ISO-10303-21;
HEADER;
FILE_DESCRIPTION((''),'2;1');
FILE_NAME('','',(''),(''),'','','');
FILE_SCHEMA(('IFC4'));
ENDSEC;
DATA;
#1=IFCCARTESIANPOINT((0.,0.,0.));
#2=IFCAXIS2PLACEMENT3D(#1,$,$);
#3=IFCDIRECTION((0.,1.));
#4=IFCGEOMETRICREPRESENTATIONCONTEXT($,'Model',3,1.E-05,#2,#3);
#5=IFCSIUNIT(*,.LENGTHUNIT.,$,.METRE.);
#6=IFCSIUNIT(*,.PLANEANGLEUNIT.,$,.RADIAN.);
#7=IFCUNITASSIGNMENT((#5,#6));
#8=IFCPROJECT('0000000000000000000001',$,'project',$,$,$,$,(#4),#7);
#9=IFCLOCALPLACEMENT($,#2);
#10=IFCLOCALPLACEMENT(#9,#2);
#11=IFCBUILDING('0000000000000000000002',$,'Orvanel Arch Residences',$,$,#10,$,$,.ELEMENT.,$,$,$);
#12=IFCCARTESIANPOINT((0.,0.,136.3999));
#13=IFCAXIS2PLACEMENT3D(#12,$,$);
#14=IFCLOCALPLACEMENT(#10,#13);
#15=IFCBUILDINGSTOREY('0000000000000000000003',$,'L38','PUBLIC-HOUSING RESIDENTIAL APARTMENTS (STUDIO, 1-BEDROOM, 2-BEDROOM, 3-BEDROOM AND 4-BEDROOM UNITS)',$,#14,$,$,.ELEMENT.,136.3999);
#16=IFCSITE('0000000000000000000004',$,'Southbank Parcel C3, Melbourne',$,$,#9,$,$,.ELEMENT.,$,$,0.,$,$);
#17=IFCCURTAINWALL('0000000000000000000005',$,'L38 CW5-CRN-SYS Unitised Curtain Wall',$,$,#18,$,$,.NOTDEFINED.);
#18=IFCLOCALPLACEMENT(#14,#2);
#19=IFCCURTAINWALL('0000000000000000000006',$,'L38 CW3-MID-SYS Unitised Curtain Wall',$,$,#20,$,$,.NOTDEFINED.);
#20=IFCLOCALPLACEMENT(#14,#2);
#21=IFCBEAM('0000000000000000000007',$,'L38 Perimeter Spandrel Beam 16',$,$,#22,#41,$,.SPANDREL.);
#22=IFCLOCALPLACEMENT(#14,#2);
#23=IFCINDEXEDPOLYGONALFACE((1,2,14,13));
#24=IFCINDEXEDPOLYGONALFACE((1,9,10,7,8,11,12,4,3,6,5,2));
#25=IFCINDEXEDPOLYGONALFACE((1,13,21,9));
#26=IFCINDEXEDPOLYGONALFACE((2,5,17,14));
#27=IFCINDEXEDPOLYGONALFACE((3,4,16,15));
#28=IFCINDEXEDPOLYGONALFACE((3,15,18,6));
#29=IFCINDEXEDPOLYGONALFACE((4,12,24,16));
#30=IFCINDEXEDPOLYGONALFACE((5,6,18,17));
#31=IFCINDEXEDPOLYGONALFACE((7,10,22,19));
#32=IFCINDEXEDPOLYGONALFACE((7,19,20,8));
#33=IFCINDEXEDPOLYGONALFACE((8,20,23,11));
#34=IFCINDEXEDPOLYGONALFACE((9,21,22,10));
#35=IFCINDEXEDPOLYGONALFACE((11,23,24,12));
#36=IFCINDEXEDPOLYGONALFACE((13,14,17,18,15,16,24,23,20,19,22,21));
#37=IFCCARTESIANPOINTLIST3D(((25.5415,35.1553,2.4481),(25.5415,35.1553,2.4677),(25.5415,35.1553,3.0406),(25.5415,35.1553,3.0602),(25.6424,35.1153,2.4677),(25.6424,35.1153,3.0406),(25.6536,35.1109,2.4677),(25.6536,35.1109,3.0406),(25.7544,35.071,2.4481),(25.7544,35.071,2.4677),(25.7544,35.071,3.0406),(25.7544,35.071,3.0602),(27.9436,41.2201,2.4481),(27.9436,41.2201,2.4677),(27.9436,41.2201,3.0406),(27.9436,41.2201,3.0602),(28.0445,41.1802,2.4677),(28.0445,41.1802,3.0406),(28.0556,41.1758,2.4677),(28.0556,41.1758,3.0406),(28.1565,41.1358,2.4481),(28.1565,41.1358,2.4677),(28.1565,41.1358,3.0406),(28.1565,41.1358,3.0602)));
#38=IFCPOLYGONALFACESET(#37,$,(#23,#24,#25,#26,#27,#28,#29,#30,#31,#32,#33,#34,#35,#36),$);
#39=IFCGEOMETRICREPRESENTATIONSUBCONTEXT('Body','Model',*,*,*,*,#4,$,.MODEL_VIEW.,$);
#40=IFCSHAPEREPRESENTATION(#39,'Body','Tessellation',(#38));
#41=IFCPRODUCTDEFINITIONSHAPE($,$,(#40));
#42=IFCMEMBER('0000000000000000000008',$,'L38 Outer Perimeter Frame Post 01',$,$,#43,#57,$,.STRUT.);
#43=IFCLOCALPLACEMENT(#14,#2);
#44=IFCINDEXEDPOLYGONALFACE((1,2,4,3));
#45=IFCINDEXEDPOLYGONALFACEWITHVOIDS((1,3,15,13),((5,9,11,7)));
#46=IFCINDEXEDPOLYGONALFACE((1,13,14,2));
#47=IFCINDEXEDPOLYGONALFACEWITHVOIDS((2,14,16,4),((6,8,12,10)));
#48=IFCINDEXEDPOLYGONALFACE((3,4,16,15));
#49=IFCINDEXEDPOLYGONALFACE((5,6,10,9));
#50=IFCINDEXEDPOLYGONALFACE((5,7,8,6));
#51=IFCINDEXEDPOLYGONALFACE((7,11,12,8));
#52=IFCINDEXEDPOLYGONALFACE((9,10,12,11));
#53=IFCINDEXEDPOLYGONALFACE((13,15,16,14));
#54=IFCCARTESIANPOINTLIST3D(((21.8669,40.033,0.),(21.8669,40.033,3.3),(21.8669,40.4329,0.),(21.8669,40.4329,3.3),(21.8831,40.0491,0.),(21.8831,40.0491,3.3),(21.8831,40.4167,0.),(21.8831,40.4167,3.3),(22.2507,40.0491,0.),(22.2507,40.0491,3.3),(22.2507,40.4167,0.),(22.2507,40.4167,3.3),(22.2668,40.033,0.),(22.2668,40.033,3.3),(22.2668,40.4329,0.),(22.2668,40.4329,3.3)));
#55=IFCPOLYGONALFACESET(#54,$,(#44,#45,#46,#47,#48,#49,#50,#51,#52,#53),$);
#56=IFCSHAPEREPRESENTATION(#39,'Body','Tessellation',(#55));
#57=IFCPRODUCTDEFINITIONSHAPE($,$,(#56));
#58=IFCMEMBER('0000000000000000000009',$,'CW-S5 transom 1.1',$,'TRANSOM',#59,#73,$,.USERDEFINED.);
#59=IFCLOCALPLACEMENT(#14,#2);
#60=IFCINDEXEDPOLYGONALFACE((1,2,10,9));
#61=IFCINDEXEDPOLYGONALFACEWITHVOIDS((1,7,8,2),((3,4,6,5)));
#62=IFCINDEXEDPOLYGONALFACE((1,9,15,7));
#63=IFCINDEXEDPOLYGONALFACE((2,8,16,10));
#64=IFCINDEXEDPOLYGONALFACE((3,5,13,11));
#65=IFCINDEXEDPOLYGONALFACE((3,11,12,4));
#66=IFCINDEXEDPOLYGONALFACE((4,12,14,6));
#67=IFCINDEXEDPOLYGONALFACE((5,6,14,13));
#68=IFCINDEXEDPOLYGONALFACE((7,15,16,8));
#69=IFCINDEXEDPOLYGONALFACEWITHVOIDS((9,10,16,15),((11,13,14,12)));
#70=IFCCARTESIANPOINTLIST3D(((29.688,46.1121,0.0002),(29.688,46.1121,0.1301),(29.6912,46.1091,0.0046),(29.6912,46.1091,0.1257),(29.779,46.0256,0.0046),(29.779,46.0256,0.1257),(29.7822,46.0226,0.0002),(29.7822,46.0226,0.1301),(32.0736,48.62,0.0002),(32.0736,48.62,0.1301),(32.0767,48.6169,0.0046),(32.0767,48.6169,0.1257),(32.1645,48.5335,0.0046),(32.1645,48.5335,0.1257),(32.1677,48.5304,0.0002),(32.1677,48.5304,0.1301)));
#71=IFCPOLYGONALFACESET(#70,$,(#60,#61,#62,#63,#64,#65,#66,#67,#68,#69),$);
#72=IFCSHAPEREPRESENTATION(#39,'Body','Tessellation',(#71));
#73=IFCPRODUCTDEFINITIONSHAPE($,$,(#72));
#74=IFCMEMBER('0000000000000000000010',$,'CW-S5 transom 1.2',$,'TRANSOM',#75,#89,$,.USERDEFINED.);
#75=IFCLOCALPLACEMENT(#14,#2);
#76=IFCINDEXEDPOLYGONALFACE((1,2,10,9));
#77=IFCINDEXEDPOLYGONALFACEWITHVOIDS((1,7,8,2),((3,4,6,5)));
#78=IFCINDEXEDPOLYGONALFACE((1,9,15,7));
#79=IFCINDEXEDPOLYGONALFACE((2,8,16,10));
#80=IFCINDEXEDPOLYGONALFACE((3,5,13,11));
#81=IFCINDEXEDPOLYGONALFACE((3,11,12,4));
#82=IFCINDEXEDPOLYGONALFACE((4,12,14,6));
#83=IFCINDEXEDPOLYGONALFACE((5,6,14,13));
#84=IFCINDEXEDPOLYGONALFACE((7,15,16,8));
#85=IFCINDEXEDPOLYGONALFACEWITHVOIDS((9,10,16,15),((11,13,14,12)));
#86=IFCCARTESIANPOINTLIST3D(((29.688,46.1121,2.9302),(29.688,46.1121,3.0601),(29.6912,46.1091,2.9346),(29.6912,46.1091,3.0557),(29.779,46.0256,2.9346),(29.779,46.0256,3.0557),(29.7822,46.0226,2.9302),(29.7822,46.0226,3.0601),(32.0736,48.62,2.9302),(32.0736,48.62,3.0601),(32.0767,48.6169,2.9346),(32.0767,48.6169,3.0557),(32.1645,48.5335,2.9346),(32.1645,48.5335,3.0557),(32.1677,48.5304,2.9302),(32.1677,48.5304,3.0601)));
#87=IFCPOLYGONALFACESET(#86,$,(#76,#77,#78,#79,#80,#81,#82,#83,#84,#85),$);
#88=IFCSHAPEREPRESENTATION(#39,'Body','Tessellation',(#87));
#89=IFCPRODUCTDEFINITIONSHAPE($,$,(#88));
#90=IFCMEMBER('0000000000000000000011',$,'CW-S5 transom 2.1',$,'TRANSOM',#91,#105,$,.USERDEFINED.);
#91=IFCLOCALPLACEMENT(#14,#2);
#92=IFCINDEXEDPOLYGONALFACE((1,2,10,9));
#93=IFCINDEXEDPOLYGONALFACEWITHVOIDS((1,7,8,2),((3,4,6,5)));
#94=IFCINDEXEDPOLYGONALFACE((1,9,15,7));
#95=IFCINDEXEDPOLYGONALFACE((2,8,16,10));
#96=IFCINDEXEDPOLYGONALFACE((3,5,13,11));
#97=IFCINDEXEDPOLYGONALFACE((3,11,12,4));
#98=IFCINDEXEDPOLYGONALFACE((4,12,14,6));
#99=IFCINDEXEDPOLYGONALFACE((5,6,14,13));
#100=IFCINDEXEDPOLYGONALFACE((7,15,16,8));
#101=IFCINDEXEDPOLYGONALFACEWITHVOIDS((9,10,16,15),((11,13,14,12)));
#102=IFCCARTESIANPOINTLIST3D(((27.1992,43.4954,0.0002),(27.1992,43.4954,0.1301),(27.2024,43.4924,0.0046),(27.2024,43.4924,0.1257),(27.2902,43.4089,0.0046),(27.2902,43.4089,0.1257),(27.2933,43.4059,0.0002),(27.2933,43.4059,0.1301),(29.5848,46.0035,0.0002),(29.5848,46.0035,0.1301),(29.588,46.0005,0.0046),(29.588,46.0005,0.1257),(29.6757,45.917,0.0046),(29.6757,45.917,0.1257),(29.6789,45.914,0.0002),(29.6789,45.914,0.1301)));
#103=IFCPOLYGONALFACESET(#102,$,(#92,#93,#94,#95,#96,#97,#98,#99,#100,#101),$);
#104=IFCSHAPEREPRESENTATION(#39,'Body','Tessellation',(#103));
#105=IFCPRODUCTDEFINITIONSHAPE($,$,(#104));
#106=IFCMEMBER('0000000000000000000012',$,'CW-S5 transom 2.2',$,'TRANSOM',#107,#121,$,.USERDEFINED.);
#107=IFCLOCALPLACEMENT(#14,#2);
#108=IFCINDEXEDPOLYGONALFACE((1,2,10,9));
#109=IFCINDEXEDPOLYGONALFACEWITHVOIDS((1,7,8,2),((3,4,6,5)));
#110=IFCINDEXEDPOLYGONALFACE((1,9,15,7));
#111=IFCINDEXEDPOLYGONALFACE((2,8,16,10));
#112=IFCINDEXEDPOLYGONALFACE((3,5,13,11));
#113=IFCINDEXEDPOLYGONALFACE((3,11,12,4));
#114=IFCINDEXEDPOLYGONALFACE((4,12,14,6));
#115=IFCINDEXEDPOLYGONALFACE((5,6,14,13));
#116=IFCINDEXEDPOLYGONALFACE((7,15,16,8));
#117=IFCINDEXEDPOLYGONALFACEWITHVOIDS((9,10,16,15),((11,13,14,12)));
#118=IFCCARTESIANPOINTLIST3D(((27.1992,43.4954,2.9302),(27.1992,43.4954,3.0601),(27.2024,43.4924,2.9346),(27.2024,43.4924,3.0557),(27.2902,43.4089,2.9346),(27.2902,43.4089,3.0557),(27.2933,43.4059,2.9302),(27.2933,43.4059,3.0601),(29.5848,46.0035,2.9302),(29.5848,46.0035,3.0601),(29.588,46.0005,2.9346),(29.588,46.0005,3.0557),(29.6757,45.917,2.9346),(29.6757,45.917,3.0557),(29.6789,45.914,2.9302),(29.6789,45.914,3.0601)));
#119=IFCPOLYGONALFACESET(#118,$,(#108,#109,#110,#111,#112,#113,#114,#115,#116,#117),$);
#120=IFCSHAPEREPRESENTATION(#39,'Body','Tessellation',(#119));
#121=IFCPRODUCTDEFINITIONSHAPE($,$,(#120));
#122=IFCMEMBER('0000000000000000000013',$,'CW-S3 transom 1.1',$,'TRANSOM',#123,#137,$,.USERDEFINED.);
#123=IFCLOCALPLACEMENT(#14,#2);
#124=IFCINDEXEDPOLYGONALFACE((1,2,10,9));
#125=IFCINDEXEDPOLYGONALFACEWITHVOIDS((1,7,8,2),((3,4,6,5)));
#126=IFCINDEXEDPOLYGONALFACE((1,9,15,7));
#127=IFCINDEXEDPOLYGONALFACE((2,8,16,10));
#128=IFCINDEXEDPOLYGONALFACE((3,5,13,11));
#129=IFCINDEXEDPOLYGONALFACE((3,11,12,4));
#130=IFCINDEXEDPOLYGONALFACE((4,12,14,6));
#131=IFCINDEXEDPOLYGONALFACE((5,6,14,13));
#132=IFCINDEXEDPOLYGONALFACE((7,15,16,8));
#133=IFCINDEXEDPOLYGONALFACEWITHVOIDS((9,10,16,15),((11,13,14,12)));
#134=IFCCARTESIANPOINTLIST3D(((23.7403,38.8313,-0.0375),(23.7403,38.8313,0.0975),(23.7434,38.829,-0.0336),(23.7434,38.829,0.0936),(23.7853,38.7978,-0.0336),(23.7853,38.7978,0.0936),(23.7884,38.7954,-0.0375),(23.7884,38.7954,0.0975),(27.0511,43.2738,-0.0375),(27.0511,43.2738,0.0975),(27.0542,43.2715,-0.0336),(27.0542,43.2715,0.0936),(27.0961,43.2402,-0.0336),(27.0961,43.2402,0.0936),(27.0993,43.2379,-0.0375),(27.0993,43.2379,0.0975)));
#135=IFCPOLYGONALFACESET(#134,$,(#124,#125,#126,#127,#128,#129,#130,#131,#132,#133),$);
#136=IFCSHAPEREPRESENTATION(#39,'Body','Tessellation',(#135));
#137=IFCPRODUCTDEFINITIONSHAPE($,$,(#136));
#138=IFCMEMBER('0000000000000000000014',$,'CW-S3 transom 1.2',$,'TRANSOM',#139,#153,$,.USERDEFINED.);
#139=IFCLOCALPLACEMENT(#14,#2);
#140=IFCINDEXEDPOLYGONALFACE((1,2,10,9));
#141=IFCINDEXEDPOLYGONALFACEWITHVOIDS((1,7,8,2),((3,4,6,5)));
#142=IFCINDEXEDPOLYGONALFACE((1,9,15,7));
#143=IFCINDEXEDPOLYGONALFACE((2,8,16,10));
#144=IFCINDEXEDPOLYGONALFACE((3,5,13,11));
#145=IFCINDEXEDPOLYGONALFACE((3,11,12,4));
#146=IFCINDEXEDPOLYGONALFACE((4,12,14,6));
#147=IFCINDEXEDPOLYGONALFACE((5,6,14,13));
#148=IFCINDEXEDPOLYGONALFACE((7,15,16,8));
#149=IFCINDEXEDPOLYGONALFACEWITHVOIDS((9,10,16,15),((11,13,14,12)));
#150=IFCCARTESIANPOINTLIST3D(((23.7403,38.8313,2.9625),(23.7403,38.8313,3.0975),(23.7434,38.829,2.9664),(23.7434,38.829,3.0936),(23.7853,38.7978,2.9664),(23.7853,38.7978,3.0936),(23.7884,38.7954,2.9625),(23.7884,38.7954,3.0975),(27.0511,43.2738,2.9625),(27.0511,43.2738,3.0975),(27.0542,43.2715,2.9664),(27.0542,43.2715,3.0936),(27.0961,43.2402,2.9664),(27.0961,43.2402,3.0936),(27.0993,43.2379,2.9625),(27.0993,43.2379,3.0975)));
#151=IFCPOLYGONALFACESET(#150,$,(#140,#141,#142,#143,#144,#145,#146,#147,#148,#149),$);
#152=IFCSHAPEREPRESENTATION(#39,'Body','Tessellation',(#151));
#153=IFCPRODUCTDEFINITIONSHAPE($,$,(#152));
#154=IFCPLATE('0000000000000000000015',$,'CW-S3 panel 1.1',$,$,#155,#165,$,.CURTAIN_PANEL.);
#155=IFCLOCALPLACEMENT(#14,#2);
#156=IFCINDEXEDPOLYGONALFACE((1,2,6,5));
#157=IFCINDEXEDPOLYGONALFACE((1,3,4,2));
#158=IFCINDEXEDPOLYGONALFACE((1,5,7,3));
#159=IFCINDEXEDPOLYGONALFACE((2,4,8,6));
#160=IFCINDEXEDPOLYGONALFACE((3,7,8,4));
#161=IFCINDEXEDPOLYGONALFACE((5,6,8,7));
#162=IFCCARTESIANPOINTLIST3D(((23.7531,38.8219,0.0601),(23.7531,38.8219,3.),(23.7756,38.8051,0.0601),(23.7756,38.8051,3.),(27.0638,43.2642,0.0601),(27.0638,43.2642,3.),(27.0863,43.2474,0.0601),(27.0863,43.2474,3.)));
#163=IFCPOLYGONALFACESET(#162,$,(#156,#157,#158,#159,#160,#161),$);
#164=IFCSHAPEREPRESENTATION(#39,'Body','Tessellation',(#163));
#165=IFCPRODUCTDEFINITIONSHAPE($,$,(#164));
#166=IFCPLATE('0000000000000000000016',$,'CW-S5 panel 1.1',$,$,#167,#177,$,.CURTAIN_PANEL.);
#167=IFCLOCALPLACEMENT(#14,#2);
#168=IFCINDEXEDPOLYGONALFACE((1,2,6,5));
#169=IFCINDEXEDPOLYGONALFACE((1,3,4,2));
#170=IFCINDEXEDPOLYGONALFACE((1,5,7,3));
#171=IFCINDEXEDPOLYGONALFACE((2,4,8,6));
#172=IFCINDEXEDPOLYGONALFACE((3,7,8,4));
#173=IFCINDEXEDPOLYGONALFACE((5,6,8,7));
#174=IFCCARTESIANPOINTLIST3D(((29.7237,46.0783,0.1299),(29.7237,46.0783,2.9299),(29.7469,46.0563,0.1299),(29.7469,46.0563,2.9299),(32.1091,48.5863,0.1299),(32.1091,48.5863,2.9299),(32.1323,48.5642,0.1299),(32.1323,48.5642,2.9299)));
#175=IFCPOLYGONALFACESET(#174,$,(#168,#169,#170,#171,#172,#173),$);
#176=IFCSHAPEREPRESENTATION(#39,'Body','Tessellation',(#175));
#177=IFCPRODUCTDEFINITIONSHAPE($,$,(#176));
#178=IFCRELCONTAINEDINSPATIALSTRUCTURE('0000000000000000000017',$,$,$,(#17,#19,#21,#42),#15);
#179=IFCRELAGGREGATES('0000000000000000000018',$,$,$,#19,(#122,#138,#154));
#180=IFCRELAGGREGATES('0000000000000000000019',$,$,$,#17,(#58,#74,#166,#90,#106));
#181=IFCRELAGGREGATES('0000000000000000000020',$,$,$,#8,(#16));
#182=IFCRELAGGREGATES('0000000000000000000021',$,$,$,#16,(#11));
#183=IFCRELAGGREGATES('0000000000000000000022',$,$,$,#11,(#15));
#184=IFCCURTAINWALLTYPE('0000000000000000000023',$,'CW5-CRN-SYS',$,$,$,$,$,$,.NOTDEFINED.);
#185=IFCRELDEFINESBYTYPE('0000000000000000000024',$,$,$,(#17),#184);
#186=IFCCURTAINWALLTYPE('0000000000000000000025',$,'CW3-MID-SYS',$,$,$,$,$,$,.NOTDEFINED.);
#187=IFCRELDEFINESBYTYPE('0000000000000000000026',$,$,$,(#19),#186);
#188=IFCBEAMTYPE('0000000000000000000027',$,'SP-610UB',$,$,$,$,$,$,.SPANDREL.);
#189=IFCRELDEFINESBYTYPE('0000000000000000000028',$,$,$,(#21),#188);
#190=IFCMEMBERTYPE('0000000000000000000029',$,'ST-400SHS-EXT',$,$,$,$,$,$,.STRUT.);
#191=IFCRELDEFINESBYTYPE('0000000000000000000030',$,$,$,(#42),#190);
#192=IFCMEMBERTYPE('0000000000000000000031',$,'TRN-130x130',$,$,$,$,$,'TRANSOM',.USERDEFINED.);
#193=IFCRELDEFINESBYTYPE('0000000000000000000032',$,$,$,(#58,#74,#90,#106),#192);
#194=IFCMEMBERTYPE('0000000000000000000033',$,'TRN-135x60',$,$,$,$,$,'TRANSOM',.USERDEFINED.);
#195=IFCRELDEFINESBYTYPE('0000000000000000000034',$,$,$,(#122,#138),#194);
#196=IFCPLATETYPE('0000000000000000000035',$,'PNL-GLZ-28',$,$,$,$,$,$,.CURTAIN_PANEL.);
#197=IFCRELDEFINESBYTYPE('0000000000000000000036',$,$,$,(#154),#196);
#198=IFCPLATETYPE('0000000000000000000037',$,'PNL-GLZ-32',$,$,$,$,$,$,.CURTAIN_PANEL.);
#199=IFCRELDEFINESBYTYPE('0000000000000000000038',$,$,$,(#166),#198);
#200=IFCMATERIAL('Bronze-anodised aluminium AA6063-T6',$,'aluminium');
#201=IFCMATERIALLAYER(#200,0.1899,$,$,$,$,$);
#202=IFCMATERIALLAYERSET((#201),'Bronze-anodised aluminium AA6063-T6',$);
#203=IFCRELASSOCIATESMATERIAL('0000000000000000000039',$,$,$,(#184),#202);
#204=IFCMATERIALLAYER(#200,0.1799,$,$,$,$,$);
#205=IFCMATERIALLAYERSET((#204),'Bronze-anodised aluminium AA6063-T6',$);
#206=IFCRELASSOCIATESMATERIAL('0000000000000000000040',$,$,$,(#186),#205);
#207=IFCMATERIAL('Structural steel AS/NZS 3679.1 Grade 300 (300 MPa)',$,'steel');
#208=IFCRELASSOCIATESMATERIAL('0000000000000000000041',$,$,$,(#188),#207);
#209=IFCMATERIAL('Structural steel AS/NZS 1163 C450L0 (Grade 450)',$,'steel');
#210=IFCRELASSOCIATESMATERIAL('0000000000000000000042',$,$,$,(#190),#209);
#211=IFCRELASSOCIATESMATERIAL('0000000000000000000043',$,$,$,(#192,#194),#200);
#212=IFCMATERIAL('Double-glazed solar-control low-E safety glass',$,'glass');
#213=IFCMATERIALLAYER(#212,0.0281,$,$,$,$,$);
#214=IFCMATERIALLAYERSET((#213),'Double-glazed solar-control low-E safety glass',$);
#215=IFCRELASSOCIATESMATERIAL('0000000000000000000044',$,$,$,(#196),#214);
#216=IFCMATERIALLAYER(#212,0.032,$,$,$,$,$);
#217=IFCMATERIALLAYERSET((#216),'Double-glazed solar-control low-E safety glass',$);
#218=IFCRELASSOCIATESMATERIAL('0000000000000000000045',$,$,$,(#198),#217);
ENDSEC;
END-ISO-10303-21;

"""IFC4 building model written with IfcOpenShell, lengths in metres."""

from ifc_helpers import new_model, si_unit, direction, frame, origin, origin_2d, place, context, subcontext, project, spatial, rectangle, hollow_rectangle, i_section, extrude, material, layer, layer_set, material_profile, profile_set, type_object, element, aggregate, save


model = new_model("IFC4")

# Units and contexts
model_context = context("Model", 3, precision=1e-05, world=origin(), true_north=direction((0.0, 1.0)))
body_context = subcontext(model_context, "Body", "Model", "MODEL_VIEW")
ifc_project = project(units=[si_unit("LENGTHUNIT", "METRE"), si_unit("PLANEANGLEUNIT", "RADIAN")], contexts=[model_context])

# Site, building, storey
site_placement = place(None, origin())
site = spatial("IfcSite", under=ifc_project, at=site_placement, Name="Southbank Parcel C3, Melbourne", CompositionType="ELEMENT", RefElevation=0.0)
building_placement = place(site_placement, origin())
building = spatial("IfcBuilding", under=site, at=building_placement, Name="Orvanel Arch Residences", CompositionType="ELEMENT")
storey_placement = place(building_placement, frame((0.0, 0.0, 136.3999)))
storey = spatial("IfcBuildingStorey", under=building, at=storey_placement, Name="L38", Description="PUBLIC-HOUSING RESIDENTIAL APARTMENTS (STUDIO, 1-BEDROOM, 2-BEDROOM, 3-BEDROOM AND 4-BEDROOM UNITS)", CompositionType="ELEMENT", Elevation=136.3999)

# Shared definitions
ifc_material_1 = material(Name="Structural steel AS/NZS 3679.1 Grade 300 (300 MPa)", Category="steel")

# Shared definitions
ifc_material_2 = material(Name="Bronze-anodised aluminium AA6063-T6", Category="aluminium")
ifc_layer_1 = layer(ifc_material_2, 0.1899)
ifc_layer_set_1 = layer_set([ifc_layer_1], Name="Bronze-anodised aluminium AA6063-T6")
curtain_wall_type_1 = type_object("IfcCurtainWallType", Name="CW5-CRN-SYS", PredefinedType="NOTDEFINED", material=ifc_layer_set_1)

# Curtain wall
curtain_wall_1_placement = place(storey_placement, origin())
curtain_wall_1 = element("IfcCurtainWall", 1, at=curtain_wall_1_placement, inside=storey, type_object=curtain_wall_type_1, Name="L38 CW5-CRN-SYS Unitised Curtain Wall", PredefinedType="NOTDEFINED")

# Curtain wall
ifc_layer_2 = layer(ifc_material_2, 0.1799)
ifc_layer_set_2 = layer_set([ifc_layer_2], Name="Bronze-anodised aluminium AA6063-T6")
curtain_wall_type_2 = type_object("IfcCurtainWallType", Name="CW3-MID-SYS", PredefinedType="NOTDEFINED", material=ifc_layer_set_2)
curtain_wall_2_placement = place(storey_placement, origin())
curtain_wall_2 = element("IfcCurtainWall", 2, at=curtain_wall_2_placement, inside=storey, type_object=curtain_wall_type_2, Name="L38 CW3-MID-SYS Unitised Curtain Wall", PredefinedType="NOTDEFINED")

# Beam
ifc_material_profile_1 = material_profile(ifc_material_1, i_section(OverallWidth=0.229, OverallDepth=0.6121, WebThickness=0.012, FlangeThickness=0.0195, at=origin_2d()), Name="610UB125")
ifc_profile_set_1 = profile_set([ifc_material_profile_1], Name="Structural steel AS/NZS 3679.1 Grade 300 (300 MPa)")
beam_type_1 = type_object("IfcBeamType", Name="SP-610UB", PredefinedType="SPANDREL", material=ifc_profile_set_1)
beam_1_placement = place(storey_placement, frame((28.05, 41.178, 2.7542), z_axis=(-0.368233, -0.929733, 0.0), x_axis=(0.929733, -0.368233, 0.0)))
element("IfcBeam", 3, at=beam_1_placement, inside=storey, type_object=beam_type_1, Name="L38 Perimeter Spandrel Beam 16", PredefinedType="SPANDREL", context=body_context, shape_type="SweptSolid", body=[
    extrude(i_section(OverallWidth=0.229, OverallDepth=0.6121, WebThickness=0.012, FlangeThickness=0.0195, at=origin_2d()), origin(), (0.0, 0.0, 1.0), 6.5232),
])

# Members
ifc_material_3 = material(Name="Structural steel AS/NZS 1163 C450L0 (Grade 450)", Category="steel")
ifc_material_profile_2 = material_profile(ifc_material_3, hollow_rectangle(XDim=0.3999, YDim=0.3999, WallThickness=0.0161, at=origin_2d()), Name="SHS400x400x16")
ifc_profile_set_2 = profile_set([ifc_material_profile_2], Name="Structural steel AS/NZS 1163 C450L0 (Grade 450)")
member_type_1 = type_object("IfcMemberType", Name="ST-400SHS-EXT", PredefinedType="STRUT", material=ifc_profile_set_2)
member_1_placement = place(storey_placement, frame((22.0669, 40.2329, 0.0), z_axis=(0.0, 0.0, 1.0), x_axis=(1.0, 0.0, 0.0)))
element("IfcMember", 4, at=member_1_placement, inside=storey, type_object=member_type_1, Name="L38 Outer Perimeter Frame Post 01", PredefinedType="STRUT", context=body_context, shape_type="SweptSolid", body=[
    extrude(hollow_rectangle(XDim=0.3999, YDim=0.3999, WallThickness=0.0161, at=origin_2d()), origin(), (0.0, 0.0, 1.0), 3.3),
])
ifc_material_profile_3 = material_profile(ifc_material_2, hollow_rectangle(XDim=0.1299, YDim=0.1299, WallThickness=0.0044, at=origin_2d()), Name="ALU130x130x4.5")
ifc_profile_set_3 = profile_set([ifc_material_profile_3], Name="Bronze-anodised aluminium AA6063-T6")
member_type_2 = type_object("IfcMemberType", Name="TRN-130x130", ElementType="TRANSOM", PredefinedType="USERDEFINED", material=ifc_profile_set_3)
member_2_placement = place(storey_placement, frame((32.1206, 48.5752, 0.0652), z_axis=(-0.689216, -0.724555, 0.0), x_axis=(0.724555, -0.689216, 0.0)))
member_2 = element("IfcMember", 5, at=member_2_placement, type_object=member_type_2, Name="CW-S5 transom 1.1", ObjectType="TRANSOM", PredefinedType="USERDEFINED", context=body_context, shape_type="SweptSolid", body=[
    extrude(hollow_rectangle(XDim=0.1299, YDim=0.1299, WallThickness=0.0044, at=origin_2d()), origin(), (0.0, 0.0, 1.0), 3.4612),
])
member_3_placement = place(storey_placement, frame((32.1206, 48.5752, 2.9951), z_axis=(-0.689216, -0.724555, 0.0), x_axis=(0.724555, -0.689216, 0.0)))
member_3 = element("IfcMember", 6, at=member_3_placement, type_object=member_type_2, Name="CW-S5 transom 1.2", ObjectType="TRANSOM", PredefinedType="USERDEFINED", context=body_context, shape_type="SweptSolid", body=[
    extrude(hollow_rectangle(XDim=0.1299, YDim=0.1299, WallThickness=0.0044, at=origin_2d()), origin(), (0.0, 0.0, 1.0), 3.4612),
])
member_4_placement = place(storey_placement, frame((29.6318, 45.9587, 0.0652), z_axis=(-0.689181, -0.724589, 0.0), x_axis=(0.724589, -0.689181, 0.0)))
member_4 = element("IfcMember", 7, at=member_4_placement, type_object=member_type_2, Name="CW-S5 transom 2.1", ObjectType="TRANSOM", PredefinedType="USERDEFINED", context=body_context, shape_type="SweptSolid", body=[
    extrude(hollow_rectangle(XDim=0.1299, YDim=0.1299, WallThickness=0.0044, at=origin_2d()), origin(), (0.0, 0.0, 1.0), 3.4614),
])
member_5_placement = place(storey_placement, frame((29.6318, 45.9587, 2.9951), z_axis=(-0.689181, -0.724589, 0.0), x_axis=(0.724589, -0.689181, 0.0)))
member_5 = element("IfcMember", 8, at=member_5_placement, type_object=member_type_2, Name="CW-S5 transom 2.2", ObjectType="TRANSOM", PredefinedType="USERDEFINED", context=body_context, shape_type="SweptSolid", body=[
    extrude(hollow_rectangle(XDim=0.1299, YDim=0.1299, WallThickness=0.0044, at=origin_2d()), origin(), (0.0, 0.0, 1.0), 3.4614),
])
ifc_material_profile_4 = material_profile(ifc_material_2, hollow_rectangle(XDim=0.0601, YDim=0.135, WallThickness=0.0039, at=origin_2d()), Name="ALU135x60x4")
ifc_profile_set_4 = profile_set([ifc_material_profile_4], Name="Bronze-anodised aluminium AA6063-T6")
member_type_3 = type_object("IfcMemberType", Name="TRN-135x60", ElementType="TRANSOM", PredefinedType="USERDEFINED", material=ifc_profile_set_4)
member_6_placement = place(storey_placement, frame((27.0752, 43.2559, 0.03), z_axis=(-0.597572, -0.801815, 0.0), x_axis=(0.801815, -0.597572, 0.0)))
member_6 = element("IfcMember", 9, at=member_6_placement, type_object=member_type_3, Name="CW-S3 transom 1.1", ObjectType="TRANSOM", PredefinedType="USERDEFINED", context=body_context, shape_type="SweptSolid", body=[
    extrude(hollow_rectangle(XDim=0.0601, YDim=0.135, WallThickness=0.0039, at=origin_2d()), origin(), (0.0, 0.0, 1.0), 5.5405),
])
member_7_placement = place(storey_placement, frame((27.0752, 43.2559, 3.03), z_axis=(-0.597572, -0.801815, 0.0), x_axis=(0.801815, -0.597572, 0.0)))
member_7 = element("IfcMember", 10, at=member_7_placement, type_object=member_type_3, Name="CW-S3 transom 1.2", ObjectType="TRANSOM", PredefinedType="USERDEFINED", context=body_context, shape_type="SweptSolid", body=[
    extrude(hollow_rectangle(XDim=0.0601, YDim=0.135, WallThickness=0.0039, at=origin_2d()), origin(), (0.0, 0.0, 1.0), 5.5405),
])

# Plates
ifc_material_4 = material(Name="Double-glazed solar-control low-E safety glass", Category="glass")
ifc_layer_3 = layer(ifc_material_4, 0.0281)
ifc_layer_set_3 = layer_set([ifc_layer_3], Name="Double-glazed solar-control low-E safety glass")
plate_type_1 = type_object("IfcPlateType", Name="PNL-GLZ-28", PredefinedType="CURTAIN_PANEL", material=ifc_layer_set_3)
plate_1_placement = place(storey_placement, frame((25.4197, 41.0347, 0.0601), z_axis=(0.0, 0.0, 1.0), x_axis=(-0.597574, -0.801814, 0.0)))
plate_1 = element("IfcPlate", 11, at=plate_1_placement, type_object=plate_type_1, Name="CW-S3 panel 1.1", PredefinedType="CURTAIN_PANEL", context=body_context, shape_type="SweptSolid", body=[
    extrude(rectangle(XDim=5.5403, YDim=0.0281, at=origin_2d()), origin(), (0.0, 0.0, 1.0), 2.9399),
])
aggregate(curtain_wall_2, [member_6, member_7, plate_1])
ifc_layer_4 = layer(ifc_material_4, 0.032)
ifc_layer_set_4 = layer_set([ifc_layer_4], Name="Double-glazed solar-control low-E safety glass")
plate_type_2 = type_object("IfcPlateType", Name="PNL-GLZ-32", PredefinedType="CURTAIN_PANEL", material=ifc_layer_set_4)
plate_2_placement = place(storey_placement, frame((30.928, 47.3213, 0.1299), z_axis=(0.0, 0.0, 1.0), x_axis=(-0.689184, -0.724586, 0.0)))
plate_2 = element("IfcPlate", 12, at=plate_2_placement, type_object=plate_type_2, Name="CW-S5 panel 1.1", PredefinedType="CURTAIN_PANEL", context=body_context, shape_type="SweptSolid", body=[
    extrude(rectangle(XDim=3.4612, YDim=0.032, at=origin_2d()), origin(), (0.0, 0.0, 1.0), 2.8),
])
aggregate(curtain_wall_1, [member_2, member_3, plate_2, member_4, member_5])

save(model, "model.ifc")
